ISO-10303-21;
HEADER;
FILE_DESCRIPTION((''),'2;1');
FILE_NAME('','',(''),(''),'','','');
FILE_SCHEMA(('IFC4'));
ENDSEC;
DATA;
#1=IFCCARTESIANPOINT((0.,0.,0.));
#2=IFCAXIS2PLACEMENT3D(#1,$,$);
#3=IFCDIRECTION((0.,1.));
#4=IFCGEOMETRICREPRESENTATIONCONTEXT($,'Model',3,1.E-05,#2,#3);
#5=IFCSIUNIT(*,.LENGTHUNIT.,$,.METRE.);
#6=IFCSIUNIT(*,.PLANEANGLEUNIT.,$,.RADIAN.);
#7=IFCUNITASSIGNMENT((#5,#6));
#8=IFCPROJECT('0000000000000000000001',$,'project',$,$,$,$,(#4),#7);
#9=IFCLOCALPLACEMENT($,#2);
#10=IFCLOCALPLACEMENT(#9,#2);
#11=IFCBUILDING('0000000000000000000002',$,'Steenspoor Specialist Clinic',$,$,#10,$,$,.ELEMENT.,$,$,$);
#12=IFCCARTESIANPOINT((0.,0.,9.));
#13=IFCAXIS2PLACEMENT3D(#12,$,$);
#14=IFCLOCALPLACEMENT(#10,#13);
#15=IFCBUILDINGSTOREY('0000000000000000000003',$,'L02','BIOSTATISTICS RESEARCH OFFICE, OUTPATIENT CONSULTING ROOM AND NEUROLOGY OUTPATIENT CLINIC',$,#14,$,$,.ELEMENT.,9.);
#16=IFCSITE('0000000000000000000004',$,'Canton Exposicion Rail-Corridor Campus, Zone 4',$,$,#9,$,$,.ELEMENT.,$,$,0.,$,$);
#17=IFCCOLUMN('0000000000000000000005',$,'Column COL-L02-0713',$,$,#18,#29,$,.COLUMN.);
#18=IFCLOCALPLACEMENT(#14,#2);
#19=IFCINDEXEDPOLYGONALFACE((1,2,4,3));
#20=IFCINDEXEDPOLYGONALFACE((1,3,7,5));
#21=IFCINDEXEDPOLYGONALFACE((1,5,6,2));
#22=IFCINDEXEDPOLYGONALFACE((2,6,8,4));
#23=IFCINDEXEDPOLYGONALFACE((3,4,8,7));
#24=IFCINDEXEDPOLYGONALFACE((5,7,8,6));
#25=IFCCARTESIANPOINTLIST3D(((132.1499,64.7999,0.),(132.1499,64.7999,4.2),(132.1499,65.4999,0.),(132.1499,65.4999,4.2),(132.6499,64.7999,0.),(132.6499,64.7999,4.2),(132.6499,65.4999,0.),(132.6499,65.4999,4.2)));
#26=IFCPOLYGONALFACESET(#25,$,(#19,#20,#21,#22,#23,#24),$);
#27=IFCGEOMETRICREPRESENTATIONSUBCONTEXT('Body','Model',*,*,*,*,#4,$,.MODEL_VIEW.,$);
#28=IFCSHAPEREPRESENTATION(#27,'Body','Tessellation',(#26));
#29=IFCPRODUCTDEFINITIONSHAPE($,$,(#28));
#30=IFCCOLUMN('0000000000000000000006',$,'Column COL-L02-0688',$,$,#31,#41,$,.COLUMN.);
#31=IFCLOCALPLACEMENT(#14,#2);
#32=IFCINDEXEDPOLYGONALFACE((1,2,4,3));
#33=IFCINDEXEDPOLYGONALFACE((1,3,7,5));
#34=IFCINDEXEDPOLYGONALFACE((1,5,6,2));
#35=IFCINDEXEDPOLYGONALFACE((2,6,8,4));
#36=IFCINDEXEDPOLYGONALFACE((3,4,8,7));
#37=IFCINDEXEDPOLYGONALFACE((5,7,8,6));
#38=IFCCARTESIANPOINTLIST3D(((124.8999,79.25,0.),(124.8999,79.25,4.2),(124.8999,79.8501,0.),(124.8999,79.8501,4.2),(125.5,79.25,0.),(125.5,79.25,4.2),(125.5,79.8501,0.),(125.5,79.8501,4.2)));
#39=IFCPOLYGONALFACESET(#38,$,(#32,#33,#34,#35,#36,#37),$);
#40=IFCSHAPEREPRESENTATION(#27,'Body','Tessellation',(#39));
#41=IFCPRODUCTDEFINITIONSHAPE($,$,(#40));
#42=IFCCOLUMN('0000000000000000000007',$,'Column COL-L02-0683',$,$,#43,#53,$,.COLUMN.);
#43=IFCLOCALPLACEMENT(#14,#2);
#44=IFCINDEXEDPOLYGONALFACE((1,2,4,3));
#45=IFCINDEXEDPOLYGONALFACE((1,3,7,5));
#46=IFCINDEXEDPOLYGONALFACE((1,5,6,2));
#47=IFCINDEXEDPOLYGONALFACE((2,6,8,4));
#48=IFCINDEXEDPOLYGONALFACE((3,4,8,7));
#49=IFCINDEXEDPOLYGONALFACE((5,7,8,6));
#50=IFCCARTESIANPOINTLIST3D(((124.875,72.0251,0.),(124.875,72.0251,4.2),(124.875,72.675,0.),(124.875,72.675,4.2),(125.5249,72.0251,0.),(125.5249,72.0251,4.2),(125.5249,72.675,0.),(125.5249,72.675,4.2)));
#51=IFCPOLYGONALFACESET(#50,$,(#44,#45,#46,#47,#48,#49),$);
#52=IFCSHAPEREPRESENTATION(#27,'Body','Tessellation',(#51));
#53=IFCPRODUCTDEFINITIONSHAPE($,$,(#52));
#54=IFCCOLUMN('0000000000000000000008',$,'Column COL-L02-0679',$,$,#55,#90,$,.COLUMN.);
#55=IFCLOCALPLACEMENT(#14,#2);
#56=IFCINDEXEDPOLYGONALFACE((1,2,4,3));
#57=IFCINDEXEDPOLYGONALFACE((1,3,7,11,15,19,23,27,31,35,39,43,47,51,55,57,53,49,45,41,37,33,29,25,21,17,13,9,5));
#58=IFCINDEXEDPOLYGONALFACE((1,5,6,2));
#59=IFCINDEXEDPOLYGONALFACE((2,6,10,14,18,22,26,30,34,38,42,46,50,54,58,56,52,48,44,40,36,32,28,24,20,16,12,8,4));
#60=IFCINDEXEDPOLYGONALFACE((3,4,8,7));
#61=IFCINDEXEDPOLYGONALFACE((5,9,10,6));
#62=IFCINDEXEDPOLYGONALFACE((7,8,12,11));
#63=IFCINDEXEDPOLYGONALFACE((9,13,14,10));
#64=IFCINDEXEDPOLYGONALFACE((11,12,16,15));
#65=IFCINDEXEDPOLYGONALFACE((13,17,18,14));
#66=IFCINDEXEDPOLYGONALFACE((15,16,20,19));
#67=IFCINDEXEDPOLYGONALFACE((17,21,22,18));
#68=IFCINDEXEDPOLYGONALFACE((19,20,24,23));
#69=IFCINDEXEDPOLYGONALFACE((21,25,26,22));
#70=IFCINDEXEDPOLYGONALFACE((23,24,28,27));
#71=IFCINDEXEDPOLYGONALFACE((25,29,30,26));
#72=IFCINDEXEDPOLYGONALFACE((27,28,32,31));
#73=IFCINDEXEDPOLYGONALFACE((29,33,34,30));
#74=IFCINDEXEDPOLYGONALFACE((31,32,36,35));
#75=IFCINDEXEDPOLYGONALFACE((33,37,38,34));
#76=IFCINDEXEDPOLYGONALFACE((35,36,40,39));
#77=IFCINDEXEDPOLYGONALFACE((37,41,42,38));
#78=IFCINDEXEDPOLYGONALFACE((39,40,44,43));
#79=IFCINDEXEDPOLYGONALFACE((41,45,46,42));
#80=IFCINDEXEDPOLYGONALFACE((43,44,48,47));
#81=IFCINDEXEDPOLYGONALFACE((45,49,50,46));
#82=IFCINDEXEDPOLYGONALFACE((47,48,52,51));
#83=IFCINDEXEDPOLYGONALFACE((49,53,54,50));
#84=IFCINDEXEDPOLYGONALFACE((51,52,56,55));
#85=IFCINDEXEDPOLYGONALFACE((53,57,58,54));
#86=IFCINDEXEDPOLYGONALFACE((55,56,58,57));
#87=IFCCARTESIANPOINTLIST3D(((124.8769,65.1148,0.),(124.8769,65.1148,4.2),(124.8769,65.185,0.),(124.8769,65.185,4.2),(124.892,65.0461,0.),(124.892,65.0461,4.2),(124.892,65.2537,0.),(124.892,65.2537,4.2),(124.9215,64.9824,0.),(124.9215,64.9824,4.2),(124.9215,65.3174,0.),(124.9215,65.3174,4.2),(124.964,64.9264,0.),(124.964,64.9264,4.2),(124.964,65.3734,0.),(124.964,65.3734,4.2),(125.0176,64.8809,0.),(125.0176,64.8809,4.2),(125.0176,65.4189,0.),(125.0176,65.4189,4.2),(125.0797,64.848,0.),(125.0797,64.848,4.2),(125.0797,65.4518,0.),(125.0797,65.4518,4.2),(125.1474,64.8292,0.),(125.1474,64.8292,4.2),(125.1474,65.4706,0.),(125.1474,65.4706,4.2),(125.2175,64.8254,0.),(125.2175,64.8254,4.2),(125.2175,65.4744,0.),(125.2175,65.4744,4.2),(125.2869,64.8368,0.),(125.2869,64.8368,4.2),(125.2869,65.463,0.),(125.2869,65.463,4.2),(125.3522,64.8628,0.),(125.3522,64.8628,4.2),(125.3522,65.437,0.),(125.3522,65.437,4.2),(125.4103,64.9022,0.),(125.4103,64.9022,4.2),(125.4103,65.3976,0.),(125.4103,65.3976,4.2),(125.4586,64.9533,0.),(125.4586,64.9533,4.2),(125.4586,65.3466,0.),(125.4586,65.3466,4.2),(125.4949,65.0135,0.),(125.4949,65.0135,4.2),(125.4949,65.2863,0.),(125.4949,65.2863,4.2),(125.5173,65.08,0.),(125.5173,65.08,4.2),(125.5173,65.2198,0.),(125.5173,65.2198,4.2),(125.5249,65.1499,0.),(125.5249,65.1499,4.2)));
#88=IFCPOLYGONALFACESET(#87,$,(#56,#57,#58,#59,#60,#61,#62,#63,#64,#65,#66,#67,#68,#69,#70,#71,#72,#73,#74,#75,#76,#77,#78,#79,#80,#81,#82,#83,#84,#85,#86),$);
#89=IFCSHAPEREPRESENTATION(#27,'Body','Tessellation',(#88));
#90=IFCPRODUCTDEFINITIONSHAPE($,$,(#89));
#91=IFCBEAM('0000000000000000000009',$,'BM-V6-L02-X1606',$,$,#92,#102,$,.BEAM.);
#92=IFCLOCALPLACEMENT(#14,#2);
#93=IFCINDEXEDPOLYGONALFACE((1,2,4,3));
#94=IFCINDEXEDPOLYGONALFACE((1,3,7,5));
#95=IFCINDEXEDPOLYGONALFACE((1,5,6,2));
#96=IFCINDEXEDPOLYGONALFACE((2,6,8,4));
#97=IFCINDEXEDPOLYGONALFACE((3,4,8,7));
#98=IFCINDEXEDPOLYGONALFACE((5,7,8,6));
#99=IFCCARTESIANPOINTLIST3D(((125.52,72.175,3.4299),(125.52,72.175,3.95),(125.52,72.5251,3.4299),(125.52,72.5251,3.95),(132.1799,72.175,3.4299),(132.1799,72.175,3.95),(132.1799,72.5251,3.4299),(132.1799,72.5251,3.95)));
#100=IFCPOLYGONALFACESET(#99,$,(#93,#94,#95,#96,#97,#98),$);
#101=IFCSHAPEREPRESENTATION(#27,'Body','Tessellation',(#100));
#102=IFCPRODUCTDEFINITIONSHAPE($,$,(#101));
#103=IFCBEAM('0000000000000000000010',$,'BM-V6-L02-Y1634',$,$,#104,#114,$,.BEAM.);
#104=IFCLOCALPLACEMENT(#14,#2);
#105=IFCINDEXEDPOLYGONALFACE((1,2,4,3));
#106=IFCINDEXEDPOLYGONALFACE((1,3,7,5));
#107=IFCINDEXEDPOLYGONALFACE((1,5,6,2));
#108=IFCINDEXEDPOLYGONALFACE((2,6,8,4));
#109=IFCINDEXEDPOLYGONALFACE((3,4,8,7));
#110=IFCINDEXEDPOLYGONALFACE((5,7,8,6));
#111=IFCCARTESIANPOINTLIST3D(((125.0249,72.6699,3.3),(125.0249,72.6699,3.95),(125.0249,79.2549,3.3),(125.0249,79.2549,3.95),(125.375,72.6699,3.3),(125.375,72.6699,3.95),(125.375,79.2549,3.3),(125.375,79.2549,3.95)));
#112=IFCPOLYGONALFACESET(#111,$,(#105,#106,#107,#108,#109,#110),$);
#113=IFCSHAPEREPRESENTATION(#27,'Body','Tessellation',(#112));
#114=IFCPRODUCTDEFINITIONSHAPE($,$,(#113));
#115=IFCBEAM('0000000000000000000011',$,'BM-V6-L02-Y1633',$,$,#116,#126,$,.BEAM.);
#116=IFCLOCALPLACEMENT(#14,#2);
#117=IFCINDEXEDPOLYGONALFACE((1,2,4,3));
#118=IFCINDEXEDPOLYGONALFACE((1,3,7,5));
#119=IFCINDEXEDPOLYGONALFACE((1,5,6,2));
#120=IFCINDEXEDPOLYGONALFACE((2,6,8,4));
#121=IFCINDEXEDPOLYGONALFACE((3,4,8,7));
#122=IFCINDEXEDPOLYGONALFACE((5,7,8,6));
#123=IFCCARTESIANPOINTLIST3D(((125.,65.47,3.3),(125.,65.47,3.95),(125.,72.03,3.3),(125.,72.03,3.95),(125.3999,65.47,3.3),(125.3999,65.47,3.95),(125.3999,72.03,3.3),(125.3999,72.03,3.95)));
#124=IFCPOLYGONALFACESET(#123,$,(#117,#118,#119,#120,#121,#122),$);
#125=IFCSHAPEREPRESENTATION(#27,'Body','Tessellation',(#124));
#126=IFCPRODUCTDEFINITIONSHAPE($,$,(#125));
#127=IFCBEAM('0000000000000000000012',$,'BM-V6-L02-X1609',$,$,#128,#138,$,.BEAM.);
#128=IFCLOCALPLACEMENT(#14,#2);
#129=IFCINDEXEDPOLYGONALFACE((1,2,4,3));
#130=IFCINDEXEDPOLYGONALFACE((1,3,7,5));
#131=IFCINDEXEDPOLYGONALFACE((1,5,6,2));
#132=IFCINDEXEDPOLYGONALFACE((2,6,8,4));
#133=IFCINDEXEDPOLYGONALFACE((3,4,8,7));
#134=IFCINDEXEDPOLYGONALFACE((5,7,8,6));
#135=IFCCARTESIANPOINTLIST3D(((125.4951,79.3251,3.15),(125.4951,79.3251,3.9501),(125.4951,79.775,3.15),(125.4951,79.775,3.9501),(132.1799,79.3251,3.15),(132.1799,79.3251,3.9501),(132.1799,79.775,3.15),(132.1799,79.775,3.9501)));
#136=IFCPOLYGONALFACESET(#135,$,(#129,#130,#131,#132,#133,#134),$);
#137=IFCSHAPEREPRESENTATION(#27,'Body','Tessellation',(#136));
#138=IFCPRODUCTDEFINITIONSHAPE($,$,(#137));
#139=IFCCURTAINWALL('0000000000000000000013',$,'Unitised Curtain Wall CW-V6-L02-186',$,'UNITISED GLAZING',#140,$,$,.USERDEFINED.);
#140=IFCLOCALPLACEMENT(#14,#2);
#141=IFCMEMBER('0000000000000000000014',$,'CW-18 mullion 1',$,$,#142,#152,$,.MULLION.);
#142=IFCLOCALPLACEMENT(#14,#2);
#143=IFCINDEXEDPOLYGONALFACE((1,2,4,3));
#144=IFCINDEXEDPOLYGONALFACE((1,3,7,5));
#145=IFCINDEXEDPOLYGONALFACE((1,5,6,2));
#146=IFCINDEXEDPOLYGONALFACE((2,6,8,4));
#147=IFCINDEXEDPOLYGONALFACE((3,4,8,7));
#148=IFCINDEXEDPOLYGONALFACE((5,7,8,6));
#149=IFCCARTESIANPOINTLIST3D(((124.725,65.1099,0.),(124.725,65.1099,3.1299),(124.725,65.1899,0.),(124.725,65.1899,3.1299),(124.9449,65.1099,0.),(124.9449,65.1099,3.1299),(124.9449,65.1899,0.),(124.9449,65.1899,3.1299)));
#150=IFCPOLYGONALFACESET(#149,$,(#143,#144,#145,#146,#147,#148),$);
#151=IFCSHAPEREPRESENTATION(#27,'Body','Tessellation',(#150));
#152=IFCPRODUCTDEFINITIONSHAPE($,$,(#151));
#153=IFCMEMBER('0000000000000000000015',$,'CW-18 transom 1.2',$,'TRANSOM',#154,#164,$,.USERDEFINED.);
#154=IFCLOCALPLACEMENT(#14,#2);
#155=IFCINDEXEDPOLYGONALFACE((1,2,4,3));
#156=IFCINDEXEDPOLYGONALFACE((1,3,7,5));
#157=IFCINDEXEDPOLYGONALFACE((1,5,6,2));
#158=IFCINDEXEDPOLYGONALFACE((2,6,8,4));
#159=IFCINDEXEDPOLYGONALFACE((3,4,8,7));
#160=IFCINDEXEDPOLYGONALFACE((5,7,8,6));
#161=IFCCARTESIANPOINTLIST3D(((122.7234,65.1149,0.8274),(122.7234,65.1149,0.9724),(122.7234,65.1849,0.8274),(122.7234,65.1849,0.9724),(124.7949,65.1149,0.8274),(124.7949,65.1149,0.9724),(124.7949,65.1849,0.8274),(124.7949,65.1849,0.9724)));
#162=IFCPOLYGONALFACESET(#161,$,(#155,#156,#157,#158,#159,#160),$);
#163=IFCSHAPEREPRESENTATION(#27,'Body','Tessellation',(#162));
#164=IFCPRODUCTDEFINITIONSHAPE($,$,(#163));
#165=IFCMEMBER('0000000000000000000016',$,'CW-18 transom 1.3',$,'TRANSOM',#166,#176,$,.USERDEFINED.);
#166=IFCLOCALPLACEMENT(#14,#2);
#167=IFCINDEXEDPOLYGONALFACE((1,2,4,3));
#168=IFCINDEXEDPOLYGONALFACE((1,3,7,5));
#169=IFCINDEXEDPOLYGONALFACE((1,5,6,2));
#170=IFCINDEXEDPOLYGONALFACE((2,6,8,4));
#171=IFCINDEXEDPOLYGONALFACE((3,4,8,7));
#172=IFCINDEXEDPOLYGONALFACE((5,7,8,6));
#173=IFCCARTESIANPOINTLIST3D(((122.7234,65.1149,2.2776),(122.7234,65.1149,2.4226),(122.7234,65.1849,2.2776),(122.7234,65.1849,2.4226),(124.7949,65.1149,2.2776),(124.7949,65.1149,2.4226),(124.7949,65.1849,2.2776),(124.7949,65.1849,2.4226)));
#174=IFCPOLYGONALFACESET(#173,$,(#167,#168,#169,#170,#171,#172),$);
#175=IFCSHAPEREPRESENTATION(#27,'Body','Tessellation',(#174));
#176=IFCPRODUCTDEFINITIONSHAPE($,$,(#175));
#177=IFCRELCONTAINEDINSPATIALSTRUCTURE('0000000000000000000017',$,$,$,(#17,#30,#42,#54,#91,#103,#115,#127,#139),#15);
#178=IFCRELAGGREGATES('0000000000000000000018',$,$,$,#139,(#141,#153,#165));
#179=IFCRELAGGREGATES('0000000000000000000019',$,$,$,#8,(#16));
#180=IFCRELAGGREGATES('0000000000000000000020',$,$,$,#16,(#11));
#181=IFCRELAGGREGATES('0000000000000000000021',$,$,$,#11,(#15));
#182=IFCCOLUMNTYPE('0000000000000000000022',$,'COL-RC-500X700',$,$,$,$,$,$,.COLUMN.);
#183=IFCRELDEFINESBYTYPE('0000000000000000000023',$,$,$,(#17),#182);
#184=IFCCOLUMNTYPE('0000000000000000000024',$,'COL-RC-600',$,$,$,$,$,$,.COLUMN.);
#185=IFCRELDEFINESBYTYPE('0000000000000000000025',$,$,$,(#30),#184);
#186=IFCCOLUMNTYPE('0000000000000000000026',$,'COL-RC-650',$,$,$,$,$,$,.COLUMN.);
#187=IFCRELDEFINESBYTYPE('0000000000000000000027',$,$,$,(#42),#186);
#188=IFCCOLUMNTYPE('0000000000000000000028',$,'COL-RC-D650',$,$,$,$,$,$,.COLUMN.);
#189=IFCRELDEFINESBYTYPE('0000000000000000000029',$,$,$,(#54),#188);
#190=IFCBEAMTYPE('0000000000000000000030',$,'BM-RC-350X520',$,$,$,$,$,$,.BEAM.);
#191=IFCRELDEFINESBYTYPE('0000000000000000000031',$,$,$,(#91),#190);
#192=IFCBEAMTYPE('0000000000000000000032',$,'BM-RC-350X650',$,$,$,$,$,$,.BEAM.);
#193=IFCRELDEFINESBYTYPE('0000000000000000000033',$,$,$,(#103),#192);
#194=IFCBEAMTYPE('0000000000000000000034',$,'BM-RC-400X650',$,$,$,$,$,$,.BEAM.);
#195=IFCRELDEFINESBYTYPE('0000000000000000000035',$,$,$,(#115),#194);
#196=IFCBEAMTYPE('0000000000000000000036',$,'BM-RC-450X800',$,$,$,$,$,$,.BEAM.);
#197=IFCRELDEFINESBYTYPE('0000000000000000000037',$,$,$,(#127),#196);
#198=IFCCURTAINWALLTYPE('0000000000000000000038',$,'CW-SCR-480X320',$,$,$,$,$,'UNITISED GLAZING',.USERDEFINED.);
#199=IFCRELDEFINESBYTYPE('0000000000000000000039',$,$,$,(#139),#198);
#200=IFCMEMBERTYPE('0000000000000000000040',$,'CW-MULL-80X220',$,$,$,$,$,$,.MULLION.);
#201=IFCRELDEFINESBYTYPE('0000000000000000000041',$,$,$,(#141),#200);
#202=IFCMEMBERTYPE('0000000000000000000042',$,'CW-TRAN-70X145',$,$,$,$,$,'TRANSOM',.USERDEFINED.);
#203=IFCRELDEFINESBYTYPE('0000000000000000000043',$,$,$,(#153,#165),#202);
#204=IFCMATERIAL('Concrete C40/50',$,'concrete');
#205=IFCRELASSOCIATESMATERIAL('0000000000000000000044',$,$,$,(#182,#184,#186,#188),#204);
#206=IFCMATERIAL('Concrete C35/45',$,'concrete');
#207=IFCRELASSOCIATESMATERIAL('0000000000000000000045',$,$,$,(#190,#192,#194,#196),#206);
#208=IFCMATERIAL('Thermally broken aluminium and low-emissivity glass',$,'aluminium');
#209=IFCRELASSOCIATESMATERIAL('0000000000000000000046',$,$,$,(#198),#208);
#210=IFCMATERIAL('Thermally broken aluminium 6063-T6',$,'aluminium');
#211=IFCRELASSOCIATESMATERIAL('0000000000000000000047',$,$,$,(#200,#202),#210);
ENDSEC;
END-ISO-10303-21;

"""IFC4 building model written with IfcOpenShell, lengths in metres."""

from ifc_helpers import new_model, si_unit, direction, frame, origin, origin_2d, place, context, subcontext, project, spatial, rectangle, circle, extrude, material, material_profile, profile_set, type_object, element, aggregate, save


model = new_model("IFC4")

# Units and contexts
model_context = context("Model", 3, precision=1e-05, world=origin(), true_north=direction((0.0, 1.0)))
body_context = subcontext(model_context, "Body", "Model", "MODEL_VIEW")
ifc_project = project(units=[si_unit("LENGTHUNIT", "METRE"), si_unit("PLANEANGLEUNIT", "RADIAN")], contexts=[model_context])

# Site, building, storey
site_placement = place(None, origin())
site = spatial("IfcSite", under=ifc_project, at=site_placement, Name="Canton Exposicion Rail-Corridor Campus, Zone 4", CompositionType="ELEMENT", RefElevation=0.0)
building_placement = place(site_placement, origin())
building = spatial("IfcBuilding", under=site, at=building_placement, Name="Steenspoor Specialist Clinic", CompositionType="ELEMENT")
storey_placement = place(building_placement, frame((0.0, 0.0, 9.0)))
storey = spatial("IfcBuildingStorey", under=building, at=storey_placement, Name="L02", Description="BIOSTATISTICS RESEARCH OFFICE, OUTPATIENT CONSULTING ROOM AND NEUROLOGY OUTPATIENT CLINIC", CompositionType="ELEMENT", Elevation=9.0)

# Columns
ifc_material_1 = material(Name="Concrete C40/50", Category="concrete")
ifc_material_profile_1 = material_profile(ifc_material_1, rectangle(XDim=0.5, YDim=0.7, at=origin_2d()), Name="RC-COL-500X700")
ifc_profile_set_1 = profile_set([ifc_material_profile_1], Name="Concrete C40/50")
column_type_1 = type_object("IfcColumnType", Name="COL-RC-500X700", PredefinedType="COLUMN", material=ifc_profile_set_1)
column_1_placement = place(storey_placement, frame((132.3999, 65.1499, 0.0), z_axis=(0.0, 0.0, 1.0), x_axis=(1.0, 0.0, 0.0)))
element("IfcColumn", 1, at=column_1_placement, inside=storey, type_object=column_type_1, Name="Column COL-L02-0713", PredefinedType="COLUMN", context=body_context, shape_type="SweptSolid", body=[
    extrude(rectangle(XDim=0.5, YDim=0.7, at=origin_2d()), origin(), (0.0, 0.0, 1.0), 4.2),
])
ifc_material_profile_2 = material_profile(ifc_material_1, rectangle(XDim=0.6001, YDim=0.6001, at=origin_2d()), Name="RC-COL-600X600")
ifc_profile_set_2 = profile_set([ifc_material_profile_2], Name="Concrete C40/50")
column_type_2 = type_object("IfcColumnType", Name="COL-RC-600", PredefinedType="COLUMN", material=ifc_profile_set_2)
column_2_placement = place(storey_placement, frame((125.2, 79.55, 0.0), z_axis=(0.0, 0.0, 1.0), x_axis=(1.0, 0.0, 0.0)))
element("IfcColumn", 2, at=column_2_placement, inside=storey, type_object=column_type_2, Name="Column COL-L02-0688", PredefinedType="COLUMN", context=body_context, shape_type="SweptSolid", body=[
    extrude(rectangle(XDim=0.6001, YDim=0.6001, at=origin_2d()), origin(), (0.0, 0.0, 1.0), 4.2),
])
ifc_material_profile_3 = material_profile(ifc_material_1, rectangle(XDim=0.6499, YDim=0.6499, at=origin_2d()), Name="RC-COL-650X650")
ifc_profile_set_3 = profile_set([ifc_material_profile_3], Name="Concrete C40/50")
column_type_3 = type_object("IfcColumnType", Name="COL-RC-650", PredefinedType="COLUMN", material=ifc_profile_set_3)
column_3_placement = place(storey_placement, frame((125.2, 72.3501, 0.0), z_axis=(0.0, 0.0, 1.0), x_axis=(1.0, 0.0, 0.0)))
element("IfcColumn", 3, at=column_3_placement, inside=storey, type_object=column_type_3, Name="Column COL-L02-0683", PredefinedType="COLUMN", context=body_context, shape_type="SweptSolid", body=[
    extrude(rectangle(XDim=0.6499, YDim=0.6499, at=origin_2d()), origin(), (0.0, 0.0, 1.0), 4.2),
])
ifc_material_profile_4 = material_profile(ifc_material_1, circle(Radius=0.325, at=origin_2d()), Name="RC-COL-D650")
ifc_profile_set_4 = profile_set([ifc_material_profile_4], Name="Concrete C40/50")
column_type_4 = type_object("IfcColumnType", Name="COL-RC-D650", PredefinedType="COLUMN", material=ifc_profile_set_4)
column_4_placement = place(storey_placement, frame((125.2, 65.1499, 0.0), z_axis=(0.0, 0.0, 1.0), x_axis=(1.0, 0.0, 0.0)))
element("IfcColumn", 4, at=column_4_placement, inside=storey, type_object=column_type_4, Name="Column COL-L02-0679", PredefinedType="COLUMN", context=body_context, shape_type="SweptSolid", body=[
    extrude(circle(Radius=0.325, at=origin_2d()), origin(), (0.0, 0.0, 1.0), 4.2),
])

# Beams
ifc_material_2 = material(Name="Concrete C35/45", Category="concrete")
ifc_material_profile_5 = material_profile(ifc_material_2, rectangle(XDim=0.3501, YDim=0.52, at=origin_2d()), Name="RC-BM-350X520")
ifc_profile_set_5 = profile_set([ifc_material_profile_5], Name="Concrete C35/45")
beam_type_1 = type_object("IfcBeamType", Name="BM-RC-350X520", PredefinedType="BEAM", material=ifc_profile_set_5)
beam_1_placement = place(storey_placement, frame((125.52, 72.3501, 3.6899), z_axis=(1.0, 0.0, 0.0), x_axis=(0.0, 1.0, 0.0)))
element("IfcBeam", 5, at=beam_1_placement, inside=storey, type_object=beam_type_1, Name="BM-V6-L02-X1606", PredefinedType="BEAM", context=body_context, shape_type="SweptSolid", body=[
    extrude(rectangle(XDim=0.3501, YDim=0.52, at=origin_2d()), origin(), (0.0, 0.0, 1.0), 6.6599),
])
ifc_material_profile_6 = material_profile(ifc_material_2, rectangle(XDim=0.3501, YDim=0.6499, at=origin_2d()), Name="RC-BM-350X650")
ifc_profile_set_6 = profile_set([ifc_material_profile_6], Name="Concrete C35/45")
beam_type_2 = type_object("IfcBeamType", Name="BM-RC-350X650", PredefinedType="BEAM", material=ifc_profile_set_6)
beam_2_placement = place(storey_placement, frame((125.2, 72.6699, 3.625), z_axis=(0.0, 1.0, 0.0), x_axis=(-1.0, 0.0, 0.0)))
element("IfcBeam", 6, at=beam_2_placement, inside=storey, type_object=beam_type_2, Name="BM-V6-L02-Y1634", PredefinedType="BEAM", context=body_context, shape_type="SweptSolid", body=[
    extrude(rectangle(XDim=0.3501, YDim=0.6499, at=origin_2d()), origin(), (0.0, 0.0, 1.0), 6.585),
])
ifc_material_profile_7 = material_profile(ifc_material_2, rectangle(XDim=0.3999, YDim=0.6499, at=origin_2d()), Name="RC-BM-400X650")
ifc_profile_set_7 = profile_set([ifc_material_profile_7], Name="Concrete C35/45")
beam_type_3 = type_object("IfcBeamType", Name="BM-RC-400X650", PredefinedType="BEAM", material=ifc_profile_set_7)
beam_3_placement = place(storey_placement, frame((125.2, 65.47, 3.625), z_axis=(0.0, 1.0, 0.0), x_axis=(-1.0, 0.0, 0.0)))
element("IfcBeam", 7, at=beam_3_placement, inside=storey, type_object=beam_type_3, Name="BM-V6-L02-Y1633", PredefinedType="BEAM", context=body_context, shape_type="SweptSolid", body=[
    extrude(rectangle(XDim=0.3999, YDim=0.6499, at=origin_2d()), origin(), (0.0, 0.0, 1.0), 6.5601),
])
ifc_material_profile_8 = material_profile(ifc_material_2, rectangle(XDim=0.45, YDim=0.8, at=origin_2d()), Name="RC-BM-450X800")
ifc_profile_set_8 = profile_set([ifc_material_profile_8], Name="Concrete C35/45")
beam_type_4 = type_object("IfcBeamType", Name="BM-RC-450X800", PredefinedType="BEAM", material=ifc_profile_set_8)
beam_4_placement = place(storey_placement, frame((125.4951, 79.55, 3.55), z_axis=(1.0, 0.0, 0.0), x_axis=(0.0, 1.0, 0.0)))
element("IfcBeam", 8, at=beam_4_placement, inside=storey, type_object=beam_type_4, Name="BM-V6-L02-X1609", PredefinedType="BEAM", context=body_context, shape_type="SweptSolid", body=[
    extrude(rectangle(XDim=0.45, YDim=0.8, at=origin_2d()), origin(), (0.0, 0.0, 1.0), 6.6848),
])

# Curtain wall, members
ifc_material_3 = material(Name="Thermally broken aluminium and low-emissivity glass", Category="aluminium")
curtain_wall_type = type_object("IfcCurtainWallType", Name="CW-SCR-480X320", ElementType="UNITISED GLAZING", PredefinedType="USERDEFINED", material=ifc_material_3)
curtain_wall_placement = place(storey_placement, origin())
curtain_wall = element("IfcCurtainWall", 9, at=curtain_wall_placement, inside=storey, type_object=curtain_wall_type, Name="Unitised Curtain Wall CW-V6-L02-186", ObjectType="UNITISED GLAZING", PredefinedType="USERDEFINED")
ifc_material_4 = material(Name="Thermally broken aluminium 6063-T6", Category="aluminium")
ifc_material_profile_9 = material_profile(ifc_material_4, rectangle(XDim=0.0801, YDim=0.22, at=origin_2d()), Name="CWM-80X220")
ifc_profile_set_9 = profile_set([ifc_material_profile_9], Name="Thermally broken aluminium 6063-T6")
member_type_1 = type_object("IfcMemberType", Name="CW-MULL-80X220", PredefinedType="MULLION", material=ifc_profile_set_9)
member_1_placement = place(storey_placement, frame((124.835, 65.1499, 0.0), z_axis=(0.0, 0.0, 1.0), x_axis=(0.0, -1.0, 0.0)))
member_1 = element("IfcMember", 10, at=member_1_placement, type_object=member_type_1, Name="CW-18 mullion 1", PredefinedType="MULLION", context=body_context, shape_type="SweptSolid", body=[
    extrude(rectangle(XDim=0.0801, YDim=0.22, at=origin_2d()), origin(), (0.0, 0.0, 1.0), 3.1299),
])
ifc_material_profile_10 = material_profile(ifc_material_4, rectangle(XDim=0.0701, YDim=0.145, at=origin_2d()), Name="CWT-70X145")
ifc_profile_set_10 = profile_set([ifc_material_profile_10], Name="Thermally broken aluminium 6063-T6")
member_type_2 = type_object("IfcMemberType", Name="CW-TRAN-70X145", ElementType="TRANSOM", PredefinedType="USERDEFINED", material=ifc_profile_set_10)
member_2_placement = place(storey_placement, frame((124.7949, 65.1499, 0.8999), z_axis=(-1.0, 0.0, 0.0), x_axis=(0.0, -1.0, 0.0)))
member_2 = element("IfcMember", 11, at=member_2_placement, type_object=member_type_2, Name="CW-18 transom 1.2", ObjectType="TRANSOM", PredefinedType="USERDEFINED", context=body_context, shape_type="SweptSolid", body=[
    extrude(rectangle(XDim=0.0701, YDim=0.145, at=origin_2d()), origin(), (0.0, 0.0, 1.0), 2.0715),
])
member_3_placement = place(storey_placement, frame((124.7949, 65.1499, 2.3501), z_axis=(-1.0, 0.0, 0.0), x_axis=(0.0, -1.0, 0.0)))
member_3 = element("IfcMember", 12, at=member_3_placement, type_object=member_type_2, Name="CW-18 transom 1.3", ObjectType="TRANSOM", PredefinedType="USERDEFINED", context=body_context, shape_type="SweptSolid", body=[
    extrude(rectangle(XDim=0.0701, YDim=0.145, at=origin_2d()), origin(), (0.0, 0.0, 1.0), 2.0715),
])
aggregate(curtain_wall, [member_1, member_2, member_3])

save(model, "model.ifc")
